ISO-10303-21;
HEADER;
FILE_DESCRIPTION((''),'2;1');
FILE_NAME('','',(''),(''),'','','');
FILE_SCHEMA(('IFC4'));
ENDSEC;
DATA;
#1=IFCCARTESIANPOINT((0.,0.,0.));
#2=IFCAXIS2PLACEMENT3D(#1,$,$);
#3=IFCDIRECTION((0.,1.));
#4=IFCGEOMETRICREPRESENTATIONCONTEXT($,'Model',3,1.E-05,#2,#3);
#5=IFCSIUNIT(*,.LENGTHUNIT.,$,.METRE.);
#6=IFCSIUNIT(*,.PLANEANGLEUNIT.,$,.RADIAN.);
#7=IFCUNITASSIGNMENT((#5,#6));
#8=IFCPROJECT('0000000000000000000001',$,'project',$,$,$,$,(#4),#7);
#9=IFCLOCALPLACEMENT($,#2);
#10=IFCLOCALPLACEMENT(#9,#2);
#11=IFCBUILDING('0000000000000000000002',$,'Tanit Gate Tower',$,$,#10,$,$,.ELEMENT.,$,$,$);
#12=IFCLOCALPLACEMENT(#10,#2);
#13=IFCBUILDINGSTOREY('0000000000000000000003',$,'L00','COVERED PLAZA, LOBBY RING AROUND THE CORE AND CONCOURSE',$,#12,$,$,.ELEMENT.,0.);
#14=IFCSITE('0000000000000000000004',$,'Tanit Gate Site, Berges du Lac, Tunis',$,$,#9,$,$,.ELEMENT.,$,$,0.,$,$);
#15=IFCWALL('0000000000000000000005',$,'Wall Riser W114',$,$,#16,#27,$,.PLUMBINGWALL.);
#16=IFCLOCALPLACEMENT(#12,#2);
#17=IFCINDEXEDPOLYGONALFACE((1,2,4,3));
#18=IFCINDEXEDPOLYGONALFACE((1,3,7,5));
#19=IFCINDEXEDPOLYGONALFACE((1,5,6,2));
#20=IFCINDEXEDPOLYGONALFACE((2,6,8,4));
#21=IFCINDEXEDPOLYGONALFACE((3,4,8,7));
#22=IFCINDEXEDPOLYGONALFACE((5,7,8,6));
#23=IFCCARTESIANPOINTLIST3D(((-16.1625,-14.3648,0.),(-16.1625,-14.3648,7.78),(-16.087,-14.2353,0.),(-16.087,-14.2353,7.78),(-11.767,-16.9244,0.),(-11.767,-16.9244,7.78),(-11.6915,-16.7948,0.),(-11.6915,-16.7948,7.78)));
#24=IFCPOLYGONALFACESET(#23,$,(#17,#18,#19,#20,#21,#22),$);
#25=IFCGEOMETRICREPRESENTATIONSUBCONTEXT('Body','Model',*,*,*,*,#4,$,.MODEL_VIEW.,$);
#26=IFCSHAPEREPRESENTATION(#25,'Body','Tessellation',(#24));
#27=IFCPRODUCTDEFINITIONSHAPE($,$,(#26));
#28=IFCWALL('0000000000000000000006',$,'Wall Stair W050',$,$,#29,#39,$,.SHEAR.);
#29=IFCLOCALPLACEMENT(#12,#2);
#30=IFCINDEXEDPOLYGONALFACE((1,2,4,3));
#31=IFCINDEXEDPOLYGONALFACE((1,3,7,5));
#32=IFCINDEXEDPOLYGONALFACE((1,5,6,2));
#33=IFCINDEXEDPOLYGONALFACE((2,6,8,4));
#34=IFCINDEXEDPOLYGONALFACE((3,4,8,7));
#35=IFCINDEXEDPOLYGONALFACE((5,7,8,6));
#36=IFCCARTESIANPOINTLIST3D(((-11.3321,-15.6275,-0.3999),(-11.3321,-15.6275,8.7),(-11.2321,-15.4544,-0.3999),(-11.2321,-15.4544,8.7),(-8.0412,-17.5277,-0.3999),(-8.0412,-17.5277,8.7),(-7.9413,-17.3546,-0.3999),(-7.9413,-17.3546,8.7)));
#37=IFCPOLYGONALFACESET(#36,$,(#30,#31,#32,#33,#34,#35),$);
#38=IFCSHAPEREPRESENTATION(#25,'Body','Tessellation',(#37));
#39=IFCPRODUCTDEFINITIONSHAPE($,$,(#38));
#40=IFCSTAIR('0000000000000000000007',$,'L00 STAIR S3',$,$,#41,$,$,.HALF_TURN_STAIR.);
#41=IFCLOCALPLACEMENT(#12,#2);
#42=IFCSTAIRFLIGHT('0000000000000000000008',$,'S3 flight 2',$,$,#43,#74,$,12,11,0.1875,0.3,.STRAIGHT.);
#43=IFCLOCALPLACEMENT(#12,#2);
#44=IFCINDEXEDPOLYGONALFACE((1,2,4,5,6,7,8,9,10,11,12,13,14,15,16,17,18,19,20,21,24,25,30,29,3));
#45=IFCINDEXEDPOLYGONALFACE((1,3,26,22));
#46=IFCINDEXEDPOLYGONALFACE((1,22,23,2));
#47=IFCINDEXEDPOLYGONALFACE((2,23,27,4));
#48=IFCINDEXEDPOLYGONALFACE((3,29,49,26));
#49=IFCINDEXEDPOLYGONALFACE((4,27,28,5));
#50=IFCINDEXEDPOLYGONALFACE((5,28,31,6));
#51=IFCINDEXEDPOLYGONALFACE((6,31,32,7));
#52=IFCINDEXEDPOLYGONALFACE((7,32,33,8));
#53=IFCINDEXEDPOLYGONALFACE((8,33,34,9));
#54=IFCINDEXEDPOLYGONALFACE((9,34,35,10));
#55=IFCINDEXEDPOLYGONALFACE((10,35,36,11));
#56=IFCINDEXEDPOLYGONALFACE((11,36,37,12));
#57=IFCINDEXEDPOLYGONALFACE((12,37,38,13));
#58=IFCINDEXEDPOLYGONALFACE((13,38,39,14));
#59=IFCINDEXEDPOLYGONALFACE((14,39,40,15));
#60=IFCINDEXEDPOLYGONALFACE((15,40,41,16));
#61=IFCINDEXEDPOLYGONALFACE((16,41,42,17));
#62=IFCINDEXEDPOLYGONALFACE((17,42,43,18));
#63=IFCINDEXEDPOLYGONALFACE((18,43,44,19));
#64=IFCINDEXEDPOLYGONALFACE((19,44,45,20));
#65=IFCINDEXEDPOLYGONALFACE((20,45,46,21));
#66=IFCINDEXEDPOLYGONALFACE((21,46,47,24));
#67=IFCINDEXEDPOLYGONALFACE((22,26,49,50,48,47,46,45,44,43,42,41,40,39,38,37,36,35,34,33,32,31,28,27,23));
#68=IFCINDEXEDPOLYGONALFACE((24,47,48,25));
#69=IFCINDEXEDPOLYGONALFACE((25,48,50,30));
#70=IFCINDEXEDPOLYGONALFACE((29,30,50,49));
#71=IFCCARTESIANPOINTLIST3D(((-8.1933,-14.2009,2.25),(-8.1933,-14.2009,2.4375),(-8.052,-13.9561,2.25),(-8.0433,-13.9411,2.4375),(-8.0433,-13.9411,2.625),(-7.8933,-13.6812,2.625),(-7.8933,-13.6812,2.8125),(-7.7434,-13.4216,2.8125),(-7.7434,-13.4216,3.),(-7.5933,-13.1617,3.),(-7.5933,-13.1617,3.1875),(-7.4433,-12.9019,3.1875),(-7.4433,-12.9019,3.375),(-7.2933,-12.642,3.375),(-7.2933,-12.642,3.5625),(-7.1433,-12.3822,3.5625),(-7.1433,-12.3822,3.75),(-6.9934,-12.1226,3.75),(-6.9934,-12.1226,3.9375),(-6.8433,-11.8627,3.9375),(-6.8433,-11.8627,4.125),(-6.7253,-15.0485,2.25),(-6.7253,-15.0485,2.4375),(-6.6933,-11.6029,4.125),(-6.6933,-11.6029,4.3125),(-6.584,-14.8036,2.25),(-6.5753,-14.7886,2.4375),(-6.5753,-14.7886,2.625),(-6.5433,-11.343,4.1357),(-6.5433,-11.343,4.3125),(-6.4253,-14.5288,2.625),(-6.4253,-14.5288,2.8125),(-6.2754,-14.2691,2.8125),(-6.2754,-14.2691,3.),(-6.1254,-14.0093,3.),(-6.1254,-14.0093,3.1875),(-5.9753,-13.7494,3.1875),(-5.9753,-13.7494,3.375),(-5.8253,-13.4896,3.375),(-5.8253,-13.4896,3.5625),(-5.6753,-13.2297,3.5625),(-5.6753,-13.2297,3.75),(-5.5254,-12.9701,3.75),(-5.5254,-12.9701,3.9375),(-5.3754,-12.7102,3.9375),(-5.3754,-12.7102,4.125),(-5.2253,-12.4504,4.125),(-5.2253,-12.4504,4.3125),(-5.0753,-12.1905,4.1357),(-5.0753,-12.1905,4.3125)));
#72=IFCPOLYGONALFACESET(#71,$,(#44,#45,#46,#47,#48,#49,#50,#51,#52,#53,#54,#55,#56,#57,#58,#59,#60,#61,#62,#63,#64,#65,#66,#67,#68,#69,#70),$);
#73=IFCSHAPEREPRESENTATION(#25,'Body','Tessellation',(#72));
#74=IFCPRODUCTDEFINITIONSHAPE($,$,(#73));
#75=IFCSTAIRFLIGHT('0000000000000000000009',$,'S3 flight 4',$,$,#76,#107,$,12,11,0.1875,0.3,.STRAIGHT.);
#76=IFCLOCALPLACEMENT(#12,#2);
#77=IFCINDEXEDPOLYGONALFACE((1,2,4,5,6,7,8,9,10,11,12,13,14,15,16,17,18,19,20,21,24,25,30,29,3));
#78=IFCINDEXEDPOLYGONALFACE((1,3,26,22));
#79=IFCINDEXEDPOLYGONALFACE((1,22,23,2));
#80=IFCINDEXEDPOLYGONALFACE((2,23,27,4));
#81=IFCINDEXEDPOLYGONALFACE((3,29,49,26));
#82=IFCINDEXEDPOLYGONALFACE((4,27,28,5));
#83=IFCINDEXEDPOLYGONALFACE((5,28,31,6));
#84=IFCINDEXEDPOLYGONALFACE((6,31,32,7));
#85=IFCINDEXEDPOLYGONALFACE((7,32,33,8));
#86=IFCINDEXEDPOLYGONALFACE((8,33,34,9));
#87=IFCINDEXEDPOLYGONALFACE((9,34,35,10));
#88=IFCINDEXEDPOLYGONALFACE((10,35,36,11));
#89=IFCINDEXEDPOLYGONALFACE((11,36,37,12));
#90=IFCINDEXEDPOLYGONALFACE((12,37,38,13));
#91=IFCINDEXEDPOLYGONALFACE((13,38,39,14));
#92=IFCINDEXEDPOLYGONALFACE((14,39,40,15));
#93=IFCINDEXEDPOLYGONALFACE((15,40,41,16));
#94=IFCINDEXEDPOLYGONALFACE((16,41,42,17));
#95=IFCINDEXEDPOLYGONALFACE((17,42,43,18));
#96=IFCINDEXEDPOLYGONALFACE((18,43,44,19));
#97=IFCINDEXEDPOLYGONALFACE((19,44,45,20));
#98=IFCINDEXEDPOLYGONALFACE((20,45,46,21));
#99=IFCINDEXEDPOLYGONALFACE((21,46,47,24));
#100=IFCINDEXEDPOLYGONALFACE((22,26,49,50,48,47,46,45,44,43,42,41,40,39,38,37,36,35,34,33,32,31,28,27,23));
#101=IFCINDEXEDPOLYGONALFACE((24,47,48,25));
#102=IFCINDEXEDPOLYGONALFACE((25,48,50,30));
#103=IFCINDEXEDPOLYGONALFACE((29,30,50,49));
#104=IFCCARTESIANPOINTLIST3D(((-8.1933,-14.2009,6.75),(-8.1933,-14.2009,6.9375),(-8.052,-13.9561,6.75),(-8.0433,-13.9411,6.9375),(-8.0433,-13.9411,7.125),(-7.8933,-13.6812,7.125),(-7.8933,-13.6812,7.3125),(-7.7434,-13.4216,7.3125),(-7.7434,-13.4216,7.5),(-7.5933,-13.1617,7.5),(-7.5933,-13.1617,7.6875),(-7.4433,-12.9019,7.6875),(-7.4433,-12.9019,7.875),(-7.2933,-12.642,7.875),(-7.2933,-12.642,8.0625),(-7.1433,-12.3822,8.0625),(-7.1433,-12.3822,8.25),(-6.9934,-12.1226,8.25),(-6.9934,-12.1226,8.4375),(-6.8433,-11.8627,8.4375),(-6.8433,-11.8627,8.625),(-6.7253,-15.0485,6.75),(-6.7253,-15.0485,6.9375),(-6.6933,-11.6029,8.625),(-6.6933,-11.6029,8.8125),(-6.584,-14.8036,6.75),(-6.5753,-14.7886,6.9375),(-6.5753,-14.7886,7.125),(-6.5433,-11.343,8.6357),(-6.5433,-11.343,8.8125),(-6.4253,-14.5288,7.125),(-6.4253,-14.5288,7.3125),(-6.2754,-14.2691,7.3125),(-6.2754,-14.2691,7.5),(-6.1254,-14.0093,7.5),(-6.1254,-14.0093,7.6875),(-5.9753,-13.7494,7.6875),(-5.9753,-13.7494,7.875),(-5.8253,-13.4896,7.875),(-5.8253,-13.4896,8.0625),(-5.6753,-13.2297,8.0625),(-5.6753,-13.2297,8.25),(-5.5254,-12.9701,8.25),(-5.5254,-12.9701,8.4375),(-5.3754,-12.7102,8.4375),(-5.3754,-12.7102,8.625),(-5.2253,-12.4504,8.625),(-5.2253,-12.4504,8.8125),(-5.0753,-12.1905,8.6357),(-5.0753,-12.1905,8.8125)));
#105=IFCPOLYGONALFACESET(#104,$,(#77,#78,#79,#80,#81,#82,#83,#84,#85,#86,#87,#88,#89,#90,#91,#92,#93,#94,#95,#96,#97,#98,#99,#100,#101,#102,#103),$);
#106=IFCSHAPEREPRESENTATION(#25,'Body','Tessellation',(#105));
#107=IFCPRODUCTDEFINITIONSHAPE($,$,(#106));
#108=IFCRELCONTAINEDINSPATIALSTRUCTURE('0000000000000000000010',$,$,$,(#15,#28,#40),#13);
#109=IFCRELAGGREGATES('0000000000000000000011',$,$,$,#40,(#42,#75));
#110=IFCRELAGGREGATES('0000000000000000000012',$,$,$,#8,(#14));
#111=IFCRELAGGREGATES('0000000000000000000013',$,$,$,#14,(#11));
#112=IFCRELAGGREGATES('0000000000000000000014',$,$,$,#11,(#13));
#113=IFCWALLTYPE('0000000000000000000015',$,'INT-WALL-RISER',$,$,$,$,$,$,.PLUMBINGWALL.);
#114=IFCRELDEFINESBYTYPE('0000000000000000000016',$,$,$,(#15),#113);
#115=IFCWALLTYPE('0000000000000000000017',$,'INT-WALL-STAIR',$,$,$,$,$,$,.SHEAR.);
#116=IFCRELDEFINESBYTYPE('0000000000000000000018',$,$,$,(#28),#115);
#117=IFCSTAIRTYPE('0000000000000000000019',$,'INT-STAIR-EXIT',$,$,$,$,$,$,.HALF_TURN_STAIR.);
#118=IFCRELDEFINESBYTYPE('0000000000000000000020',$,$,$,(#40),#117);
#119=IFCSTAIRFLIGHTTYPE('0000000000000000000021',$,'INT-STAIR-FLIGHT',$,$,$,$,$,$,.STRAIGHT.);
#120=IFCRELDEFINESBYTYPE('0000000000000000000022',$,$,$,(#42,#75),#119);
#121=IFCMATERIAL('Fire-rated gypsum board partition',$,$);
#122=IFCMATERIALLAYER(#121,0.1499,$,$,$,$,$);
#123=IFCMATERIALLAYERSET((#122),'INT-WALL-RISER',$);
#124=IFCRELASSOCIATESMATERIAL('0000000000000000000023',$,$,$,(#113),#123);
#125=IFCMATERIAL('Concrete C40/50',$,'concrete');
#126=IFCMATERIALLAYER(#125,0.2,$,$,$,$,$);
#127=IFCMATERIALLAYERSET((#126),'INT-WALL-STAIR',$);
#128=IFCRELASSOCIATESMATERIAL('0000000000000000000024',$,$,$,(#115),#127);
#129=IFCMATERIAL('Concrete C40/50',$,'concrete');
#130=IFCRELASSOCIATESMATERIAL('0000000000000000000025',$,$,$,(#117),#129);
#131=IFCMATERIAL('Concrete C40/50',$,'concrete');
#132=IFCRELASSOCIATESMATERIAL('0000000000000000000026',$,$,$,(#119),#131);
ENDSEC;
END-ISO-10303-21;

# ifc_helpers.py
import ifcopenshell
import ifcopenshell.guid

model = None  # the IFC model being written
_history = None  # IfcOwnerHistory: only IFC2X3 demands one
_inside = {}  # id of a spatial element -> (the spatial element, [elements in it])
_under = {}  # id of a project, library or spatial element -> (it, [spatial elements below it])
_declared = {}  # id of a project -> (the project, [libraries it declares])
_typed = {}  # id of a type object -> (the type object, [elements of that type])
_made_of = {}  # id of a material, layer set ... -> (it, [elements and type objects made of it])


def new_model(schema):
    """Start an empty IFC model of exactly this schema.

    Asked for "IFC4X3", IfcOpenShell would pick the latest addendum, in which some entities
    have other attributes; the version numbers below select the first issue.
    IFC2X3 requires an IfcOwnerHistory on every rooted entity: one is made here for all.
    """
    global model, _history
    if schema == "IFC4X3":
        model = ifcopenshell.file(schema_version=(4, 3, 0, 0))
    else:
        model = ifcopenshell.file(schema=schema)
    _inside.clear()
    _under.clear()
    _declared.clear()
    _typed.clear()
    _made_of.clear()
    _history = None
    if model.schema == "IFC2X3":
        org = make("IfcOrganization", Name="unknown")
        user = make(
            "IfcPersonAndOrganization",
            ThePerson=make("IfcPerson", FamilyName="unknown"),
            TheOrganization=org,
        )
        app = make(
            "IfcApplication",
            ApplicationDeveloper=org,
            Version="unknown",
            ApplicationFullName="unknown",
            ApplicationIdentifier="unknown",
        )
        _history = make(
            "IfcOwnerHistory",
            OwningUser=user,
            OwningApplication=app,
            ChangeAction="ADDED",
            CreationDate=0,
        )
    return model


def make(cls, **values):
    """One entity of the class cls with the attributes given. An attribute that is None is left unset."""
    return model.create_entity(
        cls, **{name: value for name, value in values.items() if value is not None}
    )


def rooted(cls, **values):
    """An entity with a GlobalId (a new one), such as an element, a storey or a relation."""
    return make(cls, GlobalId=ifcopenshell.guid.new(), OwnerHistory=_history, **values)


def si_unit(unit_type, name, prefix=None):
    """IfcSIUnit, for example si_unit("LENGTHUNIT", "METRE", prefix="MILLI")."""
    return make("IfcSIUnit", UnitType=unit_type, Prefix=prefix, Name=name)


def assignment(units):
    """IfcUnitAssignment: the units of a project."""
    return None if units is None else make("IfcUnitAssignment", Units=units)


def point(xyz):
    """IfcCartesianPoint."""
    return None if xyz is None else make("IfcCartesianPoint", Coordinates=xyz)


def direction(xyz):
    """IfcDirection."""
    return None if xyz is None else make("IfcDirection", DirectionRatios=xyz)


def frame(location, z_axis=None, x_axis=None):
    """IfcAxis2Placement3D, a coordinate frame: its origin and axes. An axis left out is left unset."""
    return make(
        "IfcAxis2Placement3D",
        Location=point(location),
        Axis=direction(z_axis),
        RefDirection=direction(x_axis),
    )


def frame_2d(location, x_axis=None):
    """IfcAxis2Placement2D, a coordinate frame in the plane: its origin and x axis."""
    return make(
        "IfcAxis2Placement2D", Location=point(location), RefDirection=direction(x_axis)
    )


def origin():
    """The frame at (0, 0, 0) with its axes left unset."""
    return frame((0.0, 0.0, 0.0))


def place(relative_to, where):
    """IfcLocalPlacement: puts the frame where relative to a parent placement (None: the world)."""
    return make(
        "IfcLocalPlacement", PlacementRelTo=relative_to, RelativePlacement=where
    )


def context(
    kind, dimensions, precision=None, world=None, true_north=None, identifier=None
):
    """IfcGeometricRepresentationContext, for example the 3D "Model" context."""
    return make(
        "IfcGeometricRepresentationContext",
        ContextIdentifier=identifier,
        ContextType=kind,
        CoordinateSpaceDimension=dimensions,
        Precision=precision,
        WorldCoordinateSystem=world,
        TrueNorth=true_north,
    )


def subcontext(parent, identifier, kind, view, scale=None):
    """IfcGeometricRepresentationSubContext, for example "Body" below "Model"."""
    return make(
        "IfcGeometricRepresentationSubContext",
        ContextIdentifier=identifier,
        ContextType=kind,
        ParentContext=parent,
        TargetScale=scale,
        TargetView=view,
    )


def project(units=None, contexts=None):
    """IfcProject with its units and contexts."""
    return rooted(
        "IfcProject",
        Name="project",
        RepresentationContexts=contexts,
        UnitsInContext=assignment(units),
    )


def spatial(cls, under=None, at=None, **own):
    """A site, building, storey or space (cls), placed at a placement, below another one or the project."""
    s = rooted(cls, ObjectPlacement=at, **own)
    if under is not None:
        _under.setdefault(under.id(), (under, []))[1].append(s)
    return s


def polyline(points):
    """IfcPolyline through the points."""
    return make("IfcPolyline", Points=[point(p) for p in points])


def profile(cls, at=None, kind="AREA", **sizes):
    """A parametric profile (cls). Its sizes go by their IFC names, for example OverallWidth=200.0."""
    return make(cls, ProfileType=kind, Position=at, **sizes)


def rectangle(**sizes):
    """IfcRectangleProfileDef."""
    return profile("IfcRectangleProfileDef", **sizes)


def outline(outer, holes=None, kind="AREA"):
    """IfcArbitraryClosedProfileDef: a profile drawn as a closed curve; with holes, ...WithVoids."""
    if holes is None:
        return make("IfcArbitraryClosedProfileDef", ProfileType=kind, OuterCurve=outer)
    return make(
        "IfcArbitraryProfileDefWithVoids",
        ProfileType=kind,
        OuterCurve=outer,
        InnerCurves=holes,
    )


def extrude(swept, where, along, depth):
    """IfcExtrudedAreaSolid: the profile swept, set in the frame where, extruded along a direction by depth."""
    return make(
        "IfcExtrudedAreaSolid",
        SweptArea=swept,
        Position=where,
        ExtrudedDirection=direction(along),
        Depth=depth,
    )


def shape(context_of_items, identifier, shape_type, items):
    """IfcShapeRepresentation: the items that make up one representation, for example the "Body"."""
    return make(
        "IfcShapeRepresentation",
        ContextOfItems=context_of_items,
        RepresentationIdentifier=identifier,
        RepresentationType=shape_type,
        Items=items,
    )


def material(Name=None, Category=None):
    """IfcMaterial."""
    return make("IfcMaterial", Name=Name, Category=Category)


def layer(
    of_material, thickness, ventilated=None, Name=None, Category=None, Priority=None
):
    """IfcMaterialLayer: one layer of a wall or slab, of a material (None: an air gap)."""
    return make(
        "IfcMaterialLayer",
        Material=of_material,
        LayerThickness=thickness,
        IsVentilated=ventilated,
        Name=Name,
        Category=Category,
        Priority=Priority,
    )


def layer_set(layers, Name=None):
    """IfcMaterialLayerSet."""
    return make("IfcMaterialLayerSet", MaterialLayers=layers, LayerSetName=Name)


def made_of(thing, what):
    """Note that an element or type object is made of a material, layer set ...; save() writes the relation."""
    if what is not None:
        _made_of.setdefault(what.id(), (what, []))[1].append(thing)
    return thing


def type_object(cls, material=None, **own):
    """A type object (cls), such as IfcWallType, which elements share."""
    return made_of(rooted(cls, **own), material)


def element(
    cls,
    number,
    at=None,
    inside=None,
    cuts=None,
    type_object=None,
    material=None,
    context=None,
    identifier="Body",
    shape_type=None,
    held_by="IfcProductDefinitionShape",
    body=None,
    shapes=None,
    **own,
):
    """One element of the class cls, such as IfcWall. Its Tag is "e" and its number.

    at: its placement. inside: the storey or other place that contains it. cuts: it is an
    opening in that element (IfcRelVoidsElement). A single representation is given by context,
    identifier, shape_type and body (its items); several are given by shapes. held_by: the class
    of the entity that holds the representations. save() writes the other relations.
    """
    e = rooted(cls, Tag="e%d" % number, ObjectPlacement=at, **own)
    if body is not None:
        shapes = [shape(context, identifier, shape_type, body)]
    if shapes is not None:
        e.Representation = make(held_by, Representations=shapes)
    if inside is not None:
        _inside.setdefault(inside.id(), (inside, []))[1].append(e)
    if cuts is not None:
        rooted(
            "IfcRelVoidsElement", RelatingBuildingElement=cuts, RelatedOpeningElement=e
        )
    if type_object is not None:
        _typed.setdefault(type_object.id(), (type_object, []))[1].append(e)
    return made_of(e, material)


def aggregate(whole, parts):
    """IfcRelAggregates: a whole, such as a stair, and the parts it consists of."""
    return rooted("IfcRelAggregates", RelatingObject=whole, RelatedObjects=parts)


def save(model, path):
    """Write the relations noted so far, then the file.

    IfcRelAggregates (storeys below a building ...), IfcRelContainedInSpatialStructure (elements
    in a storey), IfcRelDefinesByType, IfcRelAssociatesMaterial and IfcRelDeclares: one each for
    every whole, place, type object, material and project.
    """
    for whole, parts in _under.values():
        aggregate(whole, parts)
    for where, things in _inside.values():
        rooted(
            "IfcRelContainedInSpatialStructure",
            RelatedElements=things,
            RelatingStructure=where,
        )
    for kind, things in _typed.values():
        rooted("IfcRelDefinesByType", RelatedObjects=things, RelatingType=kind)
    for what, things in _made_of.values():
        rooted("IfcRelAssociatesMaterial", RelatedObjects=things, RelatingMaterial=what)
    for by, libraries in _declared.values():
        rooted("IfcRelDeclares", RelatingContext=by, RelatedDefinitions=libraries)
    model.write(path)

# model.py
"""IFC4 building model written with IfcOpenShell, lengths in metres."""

from ifc_helpers import new_model, si_unit, direction, frame, frame_2d, origin, place, context, subcontext, project, spatial, polyline, rectangle, outline, extrude, material, layer, layer_set, type_object, element, aggregate, save


model = new_model("IFC4")

# Units and contexts
model_context = context("Model", 3, precision=1e-05, world=origin(), true_north=direction((0.0, 1.0)))
body_context = subcontext(model_context, "Body", "Model", "MODEL_VIEW")
ifc_project = project(units=[si_unit("LENGTHUNIT", "METRE"), si_unit("PLANEANGLEUNIT", "RADIAN")], contexts=[model_context])

# Site, building, storey
site_placement = place(None, origin())
site = spatial("IfcSite", under=ifc_project, at=site_placement, Name="Tanit Gate Site, Berges du Lac, Tunis", CompositionType="ELEMENT", RefElevation=0.0)
building_placement = place(site_placement, origin())
building = spatial("IfcBuilding", under=site, at=building_placement, Name="Tanit Gate Tower", CompositionType="ELEMENT")
storey_placement = place(building_placement, origin())
storey = spatial("IfcBuildingStorey", under=building, at=storey_placement, Name="L00", Description="COVERED PLAZA, LOBBY RING AROUND THE CORE AND CONCOURSE", CompositionType="ELEMENT", Elevation=0.0)

# Walls
ifc_material_1 = material(Name="Fire-rated gypsum board partition")
ifc_layer_1 = layer(ifc_material_1, 0.1499)
ifc_layer_set_1 = layer_set([ifc_layer_1], Name="INT-WALL-RISER")
wall_type_1 = type_object("IfcWallType", Name="INT-WALL-RISER", PredefinedType="PLUMBINGWALL", material=ifc_layer_set_1)
wall_1_placement = place(storey_placement, frame((-11.7292, -16.8596, 0.0), z_axis=(0.0, 0.0, 1.0), x_axis=(-0.864162, 0.503214, 0.0)))
element("IfcWall", 1, at=wall_1_placement, inside=storey, type_object=wall_type_1, Name="Wall Riser W114", PredefinedType="PLUMBINGWALL", context=body_context, shape_type="SweptSolid", body=[
    extrude(rectangle(XDim=5.0864, YDim=0.1499, at=frame_2d((2.5432, 0.0))), origin(), (0.0, 0.0, 1.0), 7.78),
])
ifc_material_2 = material(Name="Concrete C40/50", Category="concrete")
ifc_layer_2 = layer(ifc_material_2, 0.2)
ifc_layer_set_2 = layer_set([ifc_layer_2], Name="INT-WALL-STAIR")
wall_type_2 = type_object("IfcWallType", Name="INT-WALL-STAIR", PredefinedType="SHEAR", material=ifc_layer_set_2)
wall_2_placement = place(storey_placement, frame((-11.282, -15.541, -0.3999), z_axis=(0.0, 0.0, 1.0), x_axis=(0.866, -0.500043, 0.0)))
element("IfcWall", 2, at=wall_2_placement, inside=storey, type_object=wall_type_2, Name="Wall Stair W050", PredefinedType="SHEAR", context=body_context, shape_type="SweptSolid", body=[
    extrude(rectangle(XDim=3.8, YDim=0.2, at=frame_2d((1.8999, 0.0))), origin(), (0.0, 0.0, 1.0), 9.0999),
])

# Stair, stair flights
ifc_material_3 = material(Name="Concrete C40/50", Category="concrete")
stair_type = type_object("IfcStairType", Name="INT-STAIR-EXIT", PredefinedType="HALF_TURN_STAIR", material=ifc_material_3)
stair_placement = place(storey_placement, origin())
stair = element("IfcStair", 3, at=stair_placement, inside=storey, type_object=stair_type, Name="L00 STAIR S3", PredefinedType="HALF_TURN_STAIR")
ifc_material_4 = material(Name="Concrete C40/50", Category="concrete")
stair_flight_type = type_object("IfcStairFlightType", Name="INT-STAIR-FLIGHT", PredefinedType="STRAIGHT", material=ifc_material_4)
stair_flight_1_placement = place(storey_placement, frame((-7.4592, -14.6248, 2.25), z_axis=(0.0, 0.0, 1.0), x_axis=(0.5, 0.866025, 0.0)))
stair_flight_1 = element("IfcStairFlight", 4, at=stair_flight_1_placement, type_object=stair_flight_type, Name="S3 flight 2", NumberOfRisers=12, NumberOfTreads=11, PredefinedType="STRAIGHT", RiserHeight=0.1875, TreadLength=0.3, context=body_context, shape_type="SweptSolid", body=[
    extrude(outline(polyline([(0.0, 0.0), (0.0, 0.1875), (0.3, 0.1875), (0.3, 0.375), (0.6001, 0.375), (0.6001, 0.5625), (0.8999, 0.5625), (0.8999, 0.75), (1.2, 0.75), (1.2, 0.9375), (1.5, 0.9375), (1.5, 1.125), (1.8, 1.125), (1.8, 1.3125), (2.1001, 1.3125), (2.1001, 1.5), (2.3999, 1.5), (2.3999, 1.6875), (2.7, 1.6875), (2.7, 1.875), (3.0, 1.875), (3.0, 2.0625), (3.3, 2.0625), (3.3, 2.25), (3.3, 1.8857), (0.2827, 0.0), (0.0, 0.0)])), frame((0.0, 0.8477, 0.0), z_axis=(0.0, -1.0, 0.0), x_axis=(1.0, 0.0, 0.0)), (0.0, 0.0, 1.0), 1.6951),
])
stair_flight_2_placement = place(storey_placement, frame((-7.4592, -14.6248, 6.75), z_axis=(0.0, 0.0, 1.0), x_axis=(0.5, 0.866025, 0.0)))
stair_flight_2 = element("IfcStairFlight", 5, at=stair_flight_2_placement, type_object=stair_flight_type, Name="S3 flight 4", NumberOfRisers=12, NumberOfTreads=11, PredefinedType="STRAIGHT", RiserHeight=0.1875, TreadLength=0.3, context=body_context, shape_type="SweptSolid", body=[
    extrude(outline(polyline([(0.0, 0.0), (0.0, 0.1875), (0.3, 0.1875), (0.3, 0.375), (0.6001, 0.375), (0.6001, 0.5625), (0.8999, 0.5625), (0.8999, 0.75), (1.2, 0.75), (1.2, 0.9375), (1.5, 0.9375), (1.5, 1.125), (1.8, 1.125), (1.8, 1.3125), (2.1001, 1.3125), (2.1001, 1.5), (2.3999, 1.5), (2.3999, 1.6875), (2.7, 1.6875), (2.7, 1.875), (3.0, 1.875), (3.0, 2.0625), (3.3, 2.0625), (3.3, 2.25), (3.3, 1.8857), (0.2827, 0.0), (0.0, 0.0)])), frame((0.0, 0.8477, 0.0), z_axis=(0.0, -1.0, 0.0), x_axis=(1.0, 0.0, 0.0)), (0.0, 0.0, 1.0), 1.6951),
])
aggregate(stair, [stair_flight_1, stair_flight_2])

save(model, "model.ifc")
